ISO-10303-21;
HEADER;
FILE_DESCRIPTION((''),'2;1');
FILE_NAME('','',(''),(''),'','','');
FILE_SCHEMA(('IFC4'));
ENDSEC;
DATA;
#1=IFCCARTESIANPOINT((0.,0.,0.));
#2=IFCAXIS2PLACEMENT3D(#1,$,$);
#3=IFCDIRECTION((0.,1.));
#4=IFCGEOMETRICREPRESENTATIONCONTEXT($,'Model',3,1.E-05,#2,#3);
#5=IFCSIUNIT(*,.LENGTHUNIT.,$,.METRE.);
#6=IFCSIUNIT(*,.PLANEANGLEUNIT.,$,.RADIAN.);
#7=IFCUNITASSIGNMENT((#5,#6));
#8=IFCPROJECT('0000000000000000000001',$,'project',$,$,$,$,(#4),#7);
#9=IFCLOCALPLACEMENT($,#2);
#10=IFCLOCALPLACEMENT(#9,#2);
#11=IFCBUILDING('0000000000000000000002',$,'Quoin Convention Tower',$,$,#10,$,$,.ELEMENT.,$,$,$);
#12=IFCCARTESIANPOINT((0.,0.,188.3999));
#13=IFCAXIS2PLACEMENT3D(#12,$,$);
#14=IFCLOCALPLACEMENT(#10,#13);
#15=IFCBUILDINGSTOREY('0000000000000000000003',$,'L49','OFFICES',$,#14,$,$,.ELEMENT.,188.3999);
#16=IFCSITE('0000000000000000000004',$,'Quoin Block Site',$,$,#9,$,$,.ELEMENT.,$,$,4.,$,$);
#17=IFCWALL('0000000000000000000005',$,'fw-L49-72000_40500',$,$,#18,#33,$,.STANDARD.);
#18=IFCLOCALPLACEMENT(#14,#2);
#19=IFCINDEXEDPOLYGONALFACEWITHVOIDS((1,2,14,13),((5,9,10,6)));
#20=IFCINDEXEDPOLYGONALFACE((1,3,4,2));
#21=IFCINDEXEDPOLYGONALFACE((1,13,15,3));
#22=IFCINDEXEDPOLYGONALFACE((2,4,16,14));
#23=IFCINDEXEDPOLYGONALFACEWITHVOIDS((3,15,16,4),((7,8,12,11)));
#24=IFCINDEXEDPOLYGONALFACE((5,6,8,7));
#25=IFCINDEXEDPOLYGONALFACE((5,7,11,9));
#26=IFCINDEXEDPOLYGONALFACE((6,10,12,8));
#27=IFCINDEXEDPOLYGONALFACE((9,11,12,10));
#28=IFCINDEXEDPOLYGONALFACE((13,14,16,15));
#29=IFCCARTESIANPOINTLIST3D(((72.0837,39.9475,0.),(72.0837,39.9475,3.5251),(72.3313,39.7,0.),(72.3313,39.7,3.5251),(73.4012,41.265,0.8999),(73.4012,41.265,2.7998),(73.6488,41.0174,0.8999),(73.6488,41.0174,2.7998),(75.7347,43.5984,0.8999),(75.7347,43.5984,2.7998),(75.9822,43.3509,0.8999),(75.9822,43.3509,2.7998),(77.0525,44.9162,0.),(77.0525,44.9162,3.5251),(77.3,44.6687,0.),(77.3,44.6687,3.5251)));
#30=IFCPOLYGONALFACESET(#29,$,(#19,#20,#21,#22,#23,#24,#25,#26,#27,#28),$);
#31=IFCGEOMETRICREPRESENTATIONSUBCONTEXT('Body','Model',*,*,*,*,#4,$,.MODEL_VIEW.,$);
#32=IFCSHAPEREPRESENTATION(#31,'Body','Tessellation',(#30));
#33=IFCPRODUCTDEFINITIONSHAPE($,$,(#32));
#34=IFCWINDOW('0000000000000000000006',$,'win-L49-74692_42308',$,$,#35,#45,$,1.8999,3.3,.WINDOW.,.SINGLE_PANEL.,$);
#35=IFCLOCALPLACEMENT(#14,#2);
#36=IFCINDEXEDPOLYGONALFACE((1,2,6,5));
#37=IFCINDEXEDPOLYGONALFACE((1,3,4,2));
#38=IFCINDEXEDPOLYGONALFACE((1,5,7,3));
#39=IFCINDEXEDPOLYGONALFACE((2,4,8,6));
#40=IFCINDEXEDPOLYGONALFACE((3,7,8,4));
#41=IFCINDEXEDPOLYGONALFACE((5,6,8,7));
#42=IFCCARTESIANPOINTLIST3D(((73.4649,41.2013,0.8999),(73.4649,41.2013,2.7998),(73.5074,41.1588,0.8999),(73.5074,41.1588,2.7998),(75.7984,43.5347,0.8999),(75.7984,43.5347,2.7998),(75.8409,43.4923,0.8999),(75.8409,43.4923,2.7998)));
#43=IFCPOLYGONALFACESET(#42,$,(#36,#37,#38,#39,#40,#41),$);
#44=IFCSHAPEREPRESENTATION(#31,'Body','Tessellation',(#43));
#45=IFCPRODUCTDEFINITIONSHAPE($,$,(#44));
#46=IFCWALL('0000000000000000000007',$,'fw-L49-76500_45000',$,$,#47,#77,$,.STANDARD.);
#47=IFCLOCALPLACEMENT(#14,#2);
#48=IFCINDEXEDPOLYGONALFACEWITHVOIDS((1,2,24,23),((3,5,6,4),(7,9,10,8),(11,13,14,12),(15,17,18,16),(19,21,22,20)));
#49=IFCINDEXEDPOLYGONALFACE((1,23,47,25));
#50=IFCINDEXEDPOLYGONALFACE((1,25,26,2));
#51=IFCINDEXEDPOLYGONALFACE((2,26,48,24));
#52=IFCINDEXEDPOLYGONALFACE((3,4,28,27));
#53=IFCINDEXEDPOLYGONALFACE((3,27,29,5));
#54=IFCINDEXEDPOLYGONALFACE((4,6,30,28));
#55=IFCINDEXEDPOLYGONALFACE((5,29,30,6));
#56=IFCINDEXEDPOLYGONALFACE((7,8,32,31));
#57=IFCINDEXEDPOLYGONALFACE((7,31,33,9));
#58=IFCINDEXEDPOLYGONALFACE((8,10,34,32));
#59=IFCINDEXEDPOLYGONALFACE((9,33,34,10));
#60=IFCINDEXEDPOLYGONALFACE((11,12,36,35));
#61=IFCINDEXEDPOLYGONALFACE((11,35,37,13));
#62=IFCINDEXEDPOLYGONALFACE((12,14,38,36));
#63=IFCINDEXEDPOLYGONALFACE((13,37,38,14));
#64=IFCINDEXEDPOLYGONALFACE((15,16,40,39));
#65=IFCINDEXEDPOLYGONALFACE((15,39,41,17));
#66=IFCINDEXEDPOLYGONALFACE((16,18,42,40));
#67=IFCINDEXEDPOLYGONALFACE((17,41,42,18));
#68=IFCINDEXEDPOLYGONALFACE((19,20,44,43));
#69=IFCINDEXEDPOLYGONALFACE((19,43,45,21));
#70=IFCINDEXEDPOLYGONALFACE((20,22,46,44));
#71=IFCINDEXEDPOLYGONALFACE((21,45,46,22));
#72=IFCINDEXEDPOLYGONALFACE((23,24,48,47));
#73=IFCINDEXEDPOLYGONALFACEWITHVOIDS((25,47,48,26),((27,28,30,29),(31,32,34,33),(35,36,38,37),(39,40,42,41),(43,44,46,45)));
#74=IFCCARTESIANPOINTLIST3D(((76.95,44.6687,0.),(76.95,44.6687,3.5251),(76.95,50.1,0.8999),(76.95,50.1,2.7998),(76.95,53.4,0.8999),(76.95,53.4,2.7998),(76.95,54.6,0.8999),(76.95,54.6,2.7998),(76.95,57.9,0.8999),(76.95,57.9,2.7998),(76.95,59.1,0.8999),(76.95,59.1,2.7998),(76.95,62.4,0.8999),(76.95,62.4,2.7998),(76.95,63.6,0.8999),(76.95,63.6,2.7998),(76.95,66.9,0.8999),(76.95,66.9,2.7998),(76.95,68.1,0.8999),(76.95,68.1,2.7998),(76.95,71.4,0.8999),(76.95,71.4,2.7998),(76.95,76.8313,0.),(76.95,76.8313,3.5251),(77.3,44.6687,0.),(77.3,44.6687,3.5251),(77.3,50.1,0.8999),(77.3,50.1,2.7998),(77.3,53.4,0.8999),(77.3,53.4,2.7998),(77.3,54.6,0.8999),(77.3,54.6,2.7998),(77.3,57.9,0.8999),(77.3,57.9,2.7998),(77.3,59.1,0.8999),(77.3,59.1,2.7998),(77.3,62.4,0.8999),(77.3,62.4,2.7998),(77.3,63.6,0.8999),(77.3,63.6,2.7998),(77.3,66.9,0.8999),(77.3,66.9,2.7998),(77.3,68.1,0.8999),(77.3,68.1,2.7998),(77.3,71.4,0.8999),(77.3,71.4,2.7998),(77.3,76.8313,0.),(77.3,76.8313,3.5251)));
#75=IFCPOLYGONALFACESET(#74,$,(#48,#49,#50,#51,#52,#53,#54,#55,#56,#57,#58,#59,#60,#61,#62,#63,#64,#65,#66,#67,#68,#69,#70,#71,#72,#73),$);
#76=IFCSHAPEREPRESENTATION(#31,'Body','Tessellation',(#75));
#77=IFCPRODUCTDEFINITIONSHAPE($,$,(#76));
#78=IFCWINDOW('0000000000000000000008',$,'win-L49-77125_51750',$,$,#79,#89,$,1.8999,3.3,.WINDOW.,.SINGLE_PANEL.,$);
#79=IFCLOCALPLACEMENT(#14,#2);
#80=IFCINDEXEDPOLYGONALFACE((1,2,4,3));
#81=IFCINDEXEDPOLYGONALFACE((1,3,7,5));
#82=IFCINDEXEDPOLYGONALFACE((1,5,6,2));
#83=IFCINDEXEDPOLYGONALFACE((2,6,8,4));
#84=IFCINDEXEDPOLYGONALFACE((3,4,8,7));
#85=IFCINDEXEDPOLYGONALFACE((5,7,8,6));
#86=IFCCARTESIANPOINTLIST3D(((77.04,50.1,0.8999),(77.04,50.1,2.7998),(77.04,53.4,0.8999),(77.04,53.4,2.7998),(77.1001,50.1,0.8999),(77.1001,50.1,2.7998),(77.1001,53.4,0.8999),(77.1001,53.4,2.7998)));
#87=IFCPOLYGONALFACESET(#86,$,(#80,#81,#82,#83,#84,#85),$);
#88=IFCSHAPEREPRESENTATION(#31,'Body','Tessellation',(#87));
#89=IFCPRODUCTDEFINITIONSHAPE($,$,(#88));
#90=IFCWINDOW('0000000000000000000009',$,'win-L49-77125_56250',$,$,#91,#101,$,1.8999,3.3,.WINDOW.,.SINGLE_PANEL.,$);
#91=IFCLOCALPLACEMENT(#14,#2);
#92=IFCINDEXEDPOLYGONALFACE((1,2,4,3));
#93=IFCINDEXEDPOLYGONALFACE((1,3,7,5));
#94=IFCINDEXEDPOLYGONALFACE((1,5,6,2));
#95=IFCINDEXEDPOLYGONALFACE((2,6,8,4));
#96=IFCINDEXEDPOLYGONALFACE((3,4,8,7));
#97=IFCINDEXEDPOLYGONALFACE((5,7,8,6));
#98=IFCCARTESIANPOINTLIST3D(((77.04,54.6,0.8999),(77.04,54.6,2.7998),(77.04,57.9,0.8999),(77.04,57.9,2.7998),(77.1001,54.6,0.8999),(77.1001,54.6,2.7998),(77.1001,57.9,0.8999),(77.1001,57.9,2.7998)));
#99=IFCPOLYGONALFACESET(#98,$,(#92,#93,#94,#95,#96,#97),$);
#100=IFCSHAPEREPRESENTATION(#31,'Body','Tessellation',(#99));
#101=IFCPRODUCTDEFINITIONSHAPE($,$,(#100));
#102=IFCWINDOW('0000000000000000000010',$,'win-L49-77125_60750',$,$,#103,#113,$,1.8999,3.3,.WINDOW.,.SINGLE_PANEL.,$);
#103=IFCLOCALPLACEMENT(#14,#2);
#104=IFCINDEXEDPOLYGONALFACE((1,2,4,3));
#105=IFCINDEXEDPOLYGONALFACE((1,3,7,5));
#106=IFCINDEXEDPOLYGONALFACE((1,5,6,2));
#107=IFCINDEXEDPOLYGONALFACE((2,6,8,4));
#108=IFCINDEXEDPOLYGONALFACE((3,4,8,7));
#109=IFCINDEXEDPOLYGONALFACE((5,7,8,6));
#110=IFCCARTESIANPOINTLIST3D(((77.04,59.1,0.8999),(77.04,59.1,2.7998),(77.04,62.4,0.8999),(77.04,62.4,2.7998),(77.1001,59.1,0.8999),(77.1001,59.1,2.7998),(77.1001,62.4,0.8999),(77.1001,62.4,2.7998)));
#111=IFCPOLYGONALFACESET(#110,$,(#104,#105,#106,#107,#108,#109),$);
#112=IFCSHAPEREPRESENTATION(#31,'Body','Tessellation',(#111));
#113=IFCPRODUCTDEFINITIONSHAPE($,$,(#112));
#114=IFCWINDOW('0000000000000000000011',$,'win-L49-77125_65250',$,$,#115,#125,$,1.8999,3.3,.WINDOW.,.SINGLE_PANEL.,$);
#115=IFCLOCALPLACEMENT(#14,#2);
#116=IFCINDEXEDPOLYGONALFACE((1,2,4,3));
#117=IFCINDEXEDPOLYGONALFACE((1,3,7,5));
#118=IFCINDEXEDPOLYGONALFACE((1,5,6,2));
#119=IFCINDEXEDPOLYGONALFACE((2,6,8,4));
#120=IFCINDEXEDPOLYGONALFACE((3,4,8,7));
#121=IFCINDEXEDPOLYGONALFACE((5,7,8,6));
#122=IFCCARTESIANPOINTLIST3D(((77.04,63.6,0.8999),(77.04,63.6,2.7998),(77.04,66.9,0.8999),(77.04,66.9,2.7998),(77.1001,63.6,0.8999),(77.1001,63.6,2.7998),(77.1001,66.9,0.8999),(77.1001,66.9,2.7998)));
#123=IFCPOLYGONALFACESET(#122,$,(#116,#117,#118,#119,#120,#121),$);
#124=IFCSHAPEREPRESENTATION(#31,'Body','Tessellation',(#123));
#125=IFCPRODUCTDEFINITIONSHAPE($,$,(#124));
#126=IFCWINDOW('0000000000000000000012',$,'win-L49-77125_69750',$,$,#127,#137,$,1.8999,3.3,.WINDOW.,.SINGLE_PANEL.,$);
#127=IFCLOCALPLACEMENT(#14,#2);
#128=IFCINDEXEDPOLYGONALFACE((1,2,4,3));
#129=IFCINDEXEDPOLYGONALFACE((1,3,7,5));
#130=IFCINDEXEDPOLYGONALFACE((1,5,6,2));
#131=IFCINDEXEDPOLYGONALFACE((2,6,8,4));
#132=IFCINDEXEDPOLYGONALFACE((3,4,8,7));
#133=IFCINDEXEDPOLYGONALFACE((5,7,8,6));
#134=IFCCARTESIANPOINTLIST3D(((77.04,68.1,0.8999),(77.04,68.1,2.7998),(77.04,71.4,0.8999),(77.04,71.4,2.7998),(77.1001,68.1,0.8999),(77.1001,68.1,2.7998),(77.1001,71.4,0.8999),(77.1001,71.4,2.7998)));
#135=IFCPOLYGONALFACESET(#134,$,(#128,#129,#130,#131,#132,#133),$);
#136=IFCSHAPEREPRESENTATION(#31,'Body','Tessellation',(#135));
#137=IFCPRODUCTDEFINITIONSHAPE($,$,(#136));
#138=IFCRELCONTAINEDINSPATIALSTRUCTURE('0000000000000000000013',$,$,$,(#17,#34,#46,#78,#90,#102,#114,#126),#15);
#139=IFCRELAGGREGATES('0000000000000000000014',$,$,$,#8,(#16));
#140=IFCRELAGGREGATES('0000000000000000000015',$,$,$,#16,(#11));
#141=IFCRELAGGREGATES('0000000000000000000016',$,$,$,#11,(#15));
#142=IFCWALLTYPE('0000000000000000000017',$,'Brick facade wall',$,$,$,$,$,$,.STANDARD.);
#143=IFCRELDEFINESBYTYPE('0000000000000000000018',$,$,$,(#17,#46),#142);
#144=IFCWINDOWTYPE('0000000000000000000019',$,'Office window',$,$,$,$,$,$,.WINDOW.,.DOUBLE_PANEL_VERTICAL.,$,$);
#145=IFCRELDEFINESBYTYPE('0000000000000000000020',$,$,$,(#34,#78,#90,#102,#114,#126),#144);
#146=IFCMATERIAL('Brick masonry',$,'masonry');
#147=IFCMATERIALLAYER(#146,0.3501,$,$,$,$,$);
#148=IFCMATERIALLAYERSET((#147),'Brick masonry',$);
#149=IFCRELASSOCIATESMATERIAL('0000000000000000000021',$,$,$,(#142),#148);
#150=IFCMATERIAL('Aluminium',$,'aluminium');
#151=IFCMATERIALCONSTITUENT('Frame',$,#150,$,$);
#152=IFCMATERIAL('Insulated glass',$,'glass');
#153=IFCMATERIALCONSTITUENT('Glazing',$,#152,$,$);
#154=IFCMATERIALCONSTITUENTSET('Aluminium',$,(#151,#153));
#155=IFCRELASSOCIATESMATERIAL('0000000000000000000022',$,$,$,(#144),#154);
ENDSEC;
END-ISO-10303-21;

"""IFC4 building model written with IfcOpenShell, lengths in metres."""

from ifc_helpers import new_model, si_unit, direction, frame, frame_2d, origin, place, context, subcontext, project, spatial, rectangle, extrude, material, layer, layer_set, constituent, constituent_set, type_object, element, fill, save


model = new_model("IFC4")

# Units and contexts
model_context = context("Model", 3, precision=1e-05, world=origin(), true_north=direction((0.0, 1.0)))
body_context = subcontext(model_context, "Body", "Model", "MODEL_VIEW")
ifc_project = project(units=[si_unit("LENGTHUNIT", "METRE"), si_unit("PLANEANGLEUNIT", "RADIAN")], contexts=[model_context])

# Site, building, storey
site_placement = place(None, origin())
site = spatial("IfcSite", under=ifc_project, at=site_placement, Name="Quoin Block Site", CompositionType="ELEMENT", RefElevation=4.0)
building_placement = place(site_placement, origin())
building = spatial("IfcBuilding", under=site, at=building_placement, Name="Quoin Convention Tower", CompositionType="ELEMENT")
storey_placement = place(building_placement, frame((0.0, 0.0, 188.3999)))
storey = spatial("IfcBuildingStorey", under=building, at=storey_placement, Name="L49", Description="OFFICES", CompositionType="ELEMENT", Elevation=188.3999)

# Wall, opening, window
ifc_material_1 = material(Name="Brick masonry", Category="masonry")
ifc_layer_1 = layer(ifc_material_1, 0.3501)
ifc_layer_set_1 = layer_set([ifc_layer_1], Name="Brick masonry")
wall_type_1 = type_object("IfcWallType", Name="Brick facade wall", PredefinedType="STANDARD", material=ifc_layer_set_1)
wall_1_placement = place(storey_placement, frame((72.2075, 39.8237, 0.0), z_axis=(0.0, 0.0, 1.0), x_axis=(0.707107, 0.707107, 0.0)))
wall_1 = element("IfcWall", 1, at=wall_1_placement, inside=storey, type_object=wall_type_1, Name="fw-L49-72000_40500", PredefinedType="STANDARD", context=body_context, shape_type="SweptSolid", body=[
    extrude(rectangle(XDim=7.0269, YDim=0.3501, at=frame_2d((3.5134, 0.0))), origin(), (0.0, 0.0, 1.0), 3.5251),
])
opening_1_placement = place(wall_1_placement, frame((1.8633, 0.0, 0.8999)))
opening_1 = element("IfcOpeningElement", 2, at=opening_1_placement, cuts=wall_1, PredefinedType="OPENING", context=body_context, shape_type="SweptSolid", body=[
    extrude(rectangle(XDim=3.3, YDim=1.8999, at=frame_2d((1.6499, 0.95))), frame((0.0, 0.1851, 0.0), z_axis=(0.0, -1.0, 0.0), x_axis=(1.0, 0.0, 0.0)), (0.0, 0.0, 1.0), 0.3701),
])
ifc_material_2 = material(Name="Aluminium", Category="aluminium")
ifc_constituent_1 = constituent(ifc_material_2, Name="Frame")
ifc_material_3 = material(Name="Insulated glass", Category="glass")
ifc_constituent_2 = constituent(ifc_material_3, Name="Glazing")
ifc_constituent_set = constituent_set(constituents=[ifc_constituent_1, ifc_constituent_2], Name="Aluminium")
window_type = type_object("IfcWindowType", Name="Office window", PartitioningType="DOUBLE_PANEL_VERTICAL", PredefinedType="WINDOW", material=ifc_constituent_set)
window_1_placement = place(opening_1_placement, origin())
window_1 = element("IfcWindow", 3, at=window_1_placement, inside=storey, type_object=window_type, Name="win-L49-74692_42308", OverallHeight=1.8999, OverallWidth=3.3, PartitioningType="SINGLE_PANEL", PredefinedType="WINDOW", context=body_context, shape_type="SweptSolid", body=[
    extrude(rectangle(XDim=3.3, YDim=1.8999, at=frame_2d((1.6499, 0.95))), frame((0.0, 0.085, 0.0), z_axis=(0.0, -1.0, 0.0), x_axis=(1.0, 0.0, 0.0)), (0.0, 0.0, 1.0), 0.0601),
])
fill(opening_1, window_1)

# Wall, openings, windows
wall_2_placement = place(storey_placement, frame((77.125, 44.6687, 0.0), z_axis=(0.0, 0.0, 1.0), x_axis=(0.0, 1.0, 0.0)))
wall_2 = element("IfcWall", 4, at=wall_2_placement, inside=storey, type_object=wall_type_1, Name="fw-L49-76500_45000", PredefinedType="STANDARD", context=body_context, shape_type="SweptSolid", body=[
    extrude(rectangle(XDim=32.1626, YDim=0.3501, at=frame_2d((16.0813, 0.0))), origin(), (0.0, 0.0, 1.0), 3.5251),
])
opening_2_placement = place(wall_2_placement, frame((5.4314, 0.0, 0.8999)))
opening_2 = element("IfcOpeningElement", 5, at=opening_2_placement, cuts=wall_2, PredefinedType="OPENING", context=body_context, shape_type="SweptSolid", body=[
    extrude(rectangle(XDim=3.3, YDim=1.8999, at=frame_2d((1.6499, 0.95))), frame((0.0, 0.1851, 0.0), z_axis=(0.0, -1.0, 0.0), x_axis=(1.0, 0.0, 0.0)), (0.0, 0.0, 1.0), 0.3701),
])
opening_3_placement = place(wall_2_placement, frame((9.9314, 0.0, 0.8999)))
opening_3 = element("IfcOpeningElement", 6, at=opening_3_placement, cuts=wall_2, PredefinedType="OPENING", context=body_context, shape_type="SweptSolid", body=[
    extrude(rectangle(XDim=3.3, YDim=1.8999, at=frame_2d((1.6499, 0.95))), frame((0.0, 0.1851, 0.0), z_axis=(0.0, -1.0, 0.0), x_axis=(1.0, 0.0, 0.0)), (0.0, 0.0, 1.0), 0.3701),
])
opening_4_placement = place(wall_2_placement, frame((14.4314, 0.0, 0.8999)))
opening_4 = element("IfcOpeningElement", 7, at=opening_4_placement, cuts=wall_2, PredefinedType="OPENING", context=body_context, shape_type="SweptSolid", body=[
    extrude(rectangle(XDim=3.3, YDim=1.8999, at=frame_2d((1.6499, 0.95))), frame((0.0, 0.1851, 0.0), z_axis=(0.0, -1.0, 0.0), x_axis=(1.0, 0.0, 0.0)), (0.0, 0.0, 1.0), 0.3701),
])
opening_5_placement = place(wall_2_placement, frame((18.9314, 0.0, 0.8999)))
opening_5 = element("IfcOpeningElement", 8, at=opening_5_placement, cuts=wall_2, PredefinedType="OPENING", context=body_context, shape_type="SweptSolid", body=[
    extrude(rectangle(XDim=3.3, YDim=1.8999, at=frame_2d((1.6499, 0.95))), frame((0.0, 0.1851, 0.0), z_axis=(0.0, -1.0, 0.0), x_axis=(1.0, 0.0, 0.0)), (0.0, 0.0, 1.0), 0.3701),
])
opening_6_placement = place(wall_2_placement, frame((23.4314, 0.0, 0.8999)))
opening_6 = element("IfcOpeningElement", 9, at=opening_6_placement, cuts=wall_2, PredefinedType="OPENING", context=body_context, shape_type="SweptSolid", body=[
    extrude(rectangle(XDim=3.3, YDim=1.8999, at=frame_2d((1.6499, 0.95))), frame((0.0, 0.1851, 0.0), z_axis=(0.0, -1.0, 0.0), x_axis=(1.0, 0.0, 0.0)), (0.0, 0.0, 1.0), 0.3701),
])
window_2_placement = place(opening_2_placement, origin())
window_2 = element("IfcWindow", 10, at=window_2_placement, inside=storey, type_object=window_type, Name="win-L49-77125_51750", OverallHeight=1.8999, OverallWidth=3.3, PartitioningType="SINGLE_PANEL", PredefinedType="WINDOW", context=body_context, shape_type="SweptSolid", body=[
    extrude(rectangle(XDim=3.3, YDim=1.8999, at=frame_2d((1.6499, 0.95))), frame((0.0, 0.085, 0.0), z_axis=(0.0, -1.0, 0.0), x_axis=(1.0, 0.0, 0.0)), (0.0, 0.0, 1.0), 0.0601),
])
fill(opening_2, window_2)
window_3_placement = place(opening_3_placement, origin())
window_3 = element("IfcWindow", 11, at=window_3_placement, inside=storey, type_object=window_type, Name="win-L49-77125_56250", OverallHeight=1.8999, OverallWidth=3.3, PartitioningType="SINGLE_PANEL", PredefinedType="WINDOW", context=body_context, shape_type="SweptSolid", body=[
    extrude(rectangle(XDim=3.3, YDim=1.8999, at=frame_2d((1.6499, 0.95))), frame((0.0, 0.085, 0.0), z_axis=(0.0, -1.0, 0.0), x_axis=(1.0, 0.0, 0.0)), (0.0, 0.0, 1.0), 0.0601),
])
fill(opening_3, window_3)
window_4_placement = place(opening_4_placement, origin())
window_4 = element("IfcWindow", 12, at=window_4_placement, inside=storey, type_object=window_type, Name="win-L49-77125_60750", OverallHeight=1.8999, OverallWidth=3.3, PartitioningType="SINGLE_PANEL", PredefinedType="WINDOW", context=body_context, shape_type="SweptSolid", body=[
    extrude(rectangle(XDim=3.3, YDim=1.8999, at=frame_2d((1.6499, 0.95))), frame((0.0, 0.085, 0.0), z_axis=(0.0, -1.0, 0.0), x_axis=(1.0, 0.0, 0.0)), (0.0, 0.0, 1.0), 0.0601),
])
fill(opening_4, window_4)
window_5_placement = place(opening_5_placement, origin())
window_5 = element("IfcWindow", 13, at=window_5_placement, inside=storey, type_object=window_type, Name="win-L49-77125_65250", OverallHeight=1.8999, OverallWidth=3.3, PartitioningType="SINGLE_PANEL", PredefinedType="WINDOW", context=body_context, shape_type="SweptSolid", body=[
    extrude(rectangle(XDim=3.3, YDim=1.8999, at=frame_2d((1.6499, 0.95))), frame((0.0, 0.085, 0.0), z_axis=(0.0, -1.0, 0.0), x_axis=(1.0, 0.0, 0.0)), (0.0, 0.0, 1.0), 0.0601),
])
fill(opening_5, window_5)
window_6_placement = place(opening_6_placement, origin())
window_6 = element("IfcWindow", 14, at=window_6_placement, inside=storey, type_object=window_type, Name="win-L49-77125_69750", OverallHeight=1.8999, OverallWidth=3.3, PartitioningType="SINGLE_PANEL", PredefinedType="WINDOW", context=body_context, shape_type="SweptSolid", body=[
    extrude(rectangle(XDim=3.3, YDim=1.8999, at=frame_2d((1.6499, 0.95))), frame((0.0, 0.085, 0.0), z_axis=(0.0, -1.0, 0.0), x_axis=(1.0, 0.0, 0.0)), (0.0, 0.0, 1.0), 0.0601),
])
fill(opening_6, window_6)

save(model, "model.ifc")
